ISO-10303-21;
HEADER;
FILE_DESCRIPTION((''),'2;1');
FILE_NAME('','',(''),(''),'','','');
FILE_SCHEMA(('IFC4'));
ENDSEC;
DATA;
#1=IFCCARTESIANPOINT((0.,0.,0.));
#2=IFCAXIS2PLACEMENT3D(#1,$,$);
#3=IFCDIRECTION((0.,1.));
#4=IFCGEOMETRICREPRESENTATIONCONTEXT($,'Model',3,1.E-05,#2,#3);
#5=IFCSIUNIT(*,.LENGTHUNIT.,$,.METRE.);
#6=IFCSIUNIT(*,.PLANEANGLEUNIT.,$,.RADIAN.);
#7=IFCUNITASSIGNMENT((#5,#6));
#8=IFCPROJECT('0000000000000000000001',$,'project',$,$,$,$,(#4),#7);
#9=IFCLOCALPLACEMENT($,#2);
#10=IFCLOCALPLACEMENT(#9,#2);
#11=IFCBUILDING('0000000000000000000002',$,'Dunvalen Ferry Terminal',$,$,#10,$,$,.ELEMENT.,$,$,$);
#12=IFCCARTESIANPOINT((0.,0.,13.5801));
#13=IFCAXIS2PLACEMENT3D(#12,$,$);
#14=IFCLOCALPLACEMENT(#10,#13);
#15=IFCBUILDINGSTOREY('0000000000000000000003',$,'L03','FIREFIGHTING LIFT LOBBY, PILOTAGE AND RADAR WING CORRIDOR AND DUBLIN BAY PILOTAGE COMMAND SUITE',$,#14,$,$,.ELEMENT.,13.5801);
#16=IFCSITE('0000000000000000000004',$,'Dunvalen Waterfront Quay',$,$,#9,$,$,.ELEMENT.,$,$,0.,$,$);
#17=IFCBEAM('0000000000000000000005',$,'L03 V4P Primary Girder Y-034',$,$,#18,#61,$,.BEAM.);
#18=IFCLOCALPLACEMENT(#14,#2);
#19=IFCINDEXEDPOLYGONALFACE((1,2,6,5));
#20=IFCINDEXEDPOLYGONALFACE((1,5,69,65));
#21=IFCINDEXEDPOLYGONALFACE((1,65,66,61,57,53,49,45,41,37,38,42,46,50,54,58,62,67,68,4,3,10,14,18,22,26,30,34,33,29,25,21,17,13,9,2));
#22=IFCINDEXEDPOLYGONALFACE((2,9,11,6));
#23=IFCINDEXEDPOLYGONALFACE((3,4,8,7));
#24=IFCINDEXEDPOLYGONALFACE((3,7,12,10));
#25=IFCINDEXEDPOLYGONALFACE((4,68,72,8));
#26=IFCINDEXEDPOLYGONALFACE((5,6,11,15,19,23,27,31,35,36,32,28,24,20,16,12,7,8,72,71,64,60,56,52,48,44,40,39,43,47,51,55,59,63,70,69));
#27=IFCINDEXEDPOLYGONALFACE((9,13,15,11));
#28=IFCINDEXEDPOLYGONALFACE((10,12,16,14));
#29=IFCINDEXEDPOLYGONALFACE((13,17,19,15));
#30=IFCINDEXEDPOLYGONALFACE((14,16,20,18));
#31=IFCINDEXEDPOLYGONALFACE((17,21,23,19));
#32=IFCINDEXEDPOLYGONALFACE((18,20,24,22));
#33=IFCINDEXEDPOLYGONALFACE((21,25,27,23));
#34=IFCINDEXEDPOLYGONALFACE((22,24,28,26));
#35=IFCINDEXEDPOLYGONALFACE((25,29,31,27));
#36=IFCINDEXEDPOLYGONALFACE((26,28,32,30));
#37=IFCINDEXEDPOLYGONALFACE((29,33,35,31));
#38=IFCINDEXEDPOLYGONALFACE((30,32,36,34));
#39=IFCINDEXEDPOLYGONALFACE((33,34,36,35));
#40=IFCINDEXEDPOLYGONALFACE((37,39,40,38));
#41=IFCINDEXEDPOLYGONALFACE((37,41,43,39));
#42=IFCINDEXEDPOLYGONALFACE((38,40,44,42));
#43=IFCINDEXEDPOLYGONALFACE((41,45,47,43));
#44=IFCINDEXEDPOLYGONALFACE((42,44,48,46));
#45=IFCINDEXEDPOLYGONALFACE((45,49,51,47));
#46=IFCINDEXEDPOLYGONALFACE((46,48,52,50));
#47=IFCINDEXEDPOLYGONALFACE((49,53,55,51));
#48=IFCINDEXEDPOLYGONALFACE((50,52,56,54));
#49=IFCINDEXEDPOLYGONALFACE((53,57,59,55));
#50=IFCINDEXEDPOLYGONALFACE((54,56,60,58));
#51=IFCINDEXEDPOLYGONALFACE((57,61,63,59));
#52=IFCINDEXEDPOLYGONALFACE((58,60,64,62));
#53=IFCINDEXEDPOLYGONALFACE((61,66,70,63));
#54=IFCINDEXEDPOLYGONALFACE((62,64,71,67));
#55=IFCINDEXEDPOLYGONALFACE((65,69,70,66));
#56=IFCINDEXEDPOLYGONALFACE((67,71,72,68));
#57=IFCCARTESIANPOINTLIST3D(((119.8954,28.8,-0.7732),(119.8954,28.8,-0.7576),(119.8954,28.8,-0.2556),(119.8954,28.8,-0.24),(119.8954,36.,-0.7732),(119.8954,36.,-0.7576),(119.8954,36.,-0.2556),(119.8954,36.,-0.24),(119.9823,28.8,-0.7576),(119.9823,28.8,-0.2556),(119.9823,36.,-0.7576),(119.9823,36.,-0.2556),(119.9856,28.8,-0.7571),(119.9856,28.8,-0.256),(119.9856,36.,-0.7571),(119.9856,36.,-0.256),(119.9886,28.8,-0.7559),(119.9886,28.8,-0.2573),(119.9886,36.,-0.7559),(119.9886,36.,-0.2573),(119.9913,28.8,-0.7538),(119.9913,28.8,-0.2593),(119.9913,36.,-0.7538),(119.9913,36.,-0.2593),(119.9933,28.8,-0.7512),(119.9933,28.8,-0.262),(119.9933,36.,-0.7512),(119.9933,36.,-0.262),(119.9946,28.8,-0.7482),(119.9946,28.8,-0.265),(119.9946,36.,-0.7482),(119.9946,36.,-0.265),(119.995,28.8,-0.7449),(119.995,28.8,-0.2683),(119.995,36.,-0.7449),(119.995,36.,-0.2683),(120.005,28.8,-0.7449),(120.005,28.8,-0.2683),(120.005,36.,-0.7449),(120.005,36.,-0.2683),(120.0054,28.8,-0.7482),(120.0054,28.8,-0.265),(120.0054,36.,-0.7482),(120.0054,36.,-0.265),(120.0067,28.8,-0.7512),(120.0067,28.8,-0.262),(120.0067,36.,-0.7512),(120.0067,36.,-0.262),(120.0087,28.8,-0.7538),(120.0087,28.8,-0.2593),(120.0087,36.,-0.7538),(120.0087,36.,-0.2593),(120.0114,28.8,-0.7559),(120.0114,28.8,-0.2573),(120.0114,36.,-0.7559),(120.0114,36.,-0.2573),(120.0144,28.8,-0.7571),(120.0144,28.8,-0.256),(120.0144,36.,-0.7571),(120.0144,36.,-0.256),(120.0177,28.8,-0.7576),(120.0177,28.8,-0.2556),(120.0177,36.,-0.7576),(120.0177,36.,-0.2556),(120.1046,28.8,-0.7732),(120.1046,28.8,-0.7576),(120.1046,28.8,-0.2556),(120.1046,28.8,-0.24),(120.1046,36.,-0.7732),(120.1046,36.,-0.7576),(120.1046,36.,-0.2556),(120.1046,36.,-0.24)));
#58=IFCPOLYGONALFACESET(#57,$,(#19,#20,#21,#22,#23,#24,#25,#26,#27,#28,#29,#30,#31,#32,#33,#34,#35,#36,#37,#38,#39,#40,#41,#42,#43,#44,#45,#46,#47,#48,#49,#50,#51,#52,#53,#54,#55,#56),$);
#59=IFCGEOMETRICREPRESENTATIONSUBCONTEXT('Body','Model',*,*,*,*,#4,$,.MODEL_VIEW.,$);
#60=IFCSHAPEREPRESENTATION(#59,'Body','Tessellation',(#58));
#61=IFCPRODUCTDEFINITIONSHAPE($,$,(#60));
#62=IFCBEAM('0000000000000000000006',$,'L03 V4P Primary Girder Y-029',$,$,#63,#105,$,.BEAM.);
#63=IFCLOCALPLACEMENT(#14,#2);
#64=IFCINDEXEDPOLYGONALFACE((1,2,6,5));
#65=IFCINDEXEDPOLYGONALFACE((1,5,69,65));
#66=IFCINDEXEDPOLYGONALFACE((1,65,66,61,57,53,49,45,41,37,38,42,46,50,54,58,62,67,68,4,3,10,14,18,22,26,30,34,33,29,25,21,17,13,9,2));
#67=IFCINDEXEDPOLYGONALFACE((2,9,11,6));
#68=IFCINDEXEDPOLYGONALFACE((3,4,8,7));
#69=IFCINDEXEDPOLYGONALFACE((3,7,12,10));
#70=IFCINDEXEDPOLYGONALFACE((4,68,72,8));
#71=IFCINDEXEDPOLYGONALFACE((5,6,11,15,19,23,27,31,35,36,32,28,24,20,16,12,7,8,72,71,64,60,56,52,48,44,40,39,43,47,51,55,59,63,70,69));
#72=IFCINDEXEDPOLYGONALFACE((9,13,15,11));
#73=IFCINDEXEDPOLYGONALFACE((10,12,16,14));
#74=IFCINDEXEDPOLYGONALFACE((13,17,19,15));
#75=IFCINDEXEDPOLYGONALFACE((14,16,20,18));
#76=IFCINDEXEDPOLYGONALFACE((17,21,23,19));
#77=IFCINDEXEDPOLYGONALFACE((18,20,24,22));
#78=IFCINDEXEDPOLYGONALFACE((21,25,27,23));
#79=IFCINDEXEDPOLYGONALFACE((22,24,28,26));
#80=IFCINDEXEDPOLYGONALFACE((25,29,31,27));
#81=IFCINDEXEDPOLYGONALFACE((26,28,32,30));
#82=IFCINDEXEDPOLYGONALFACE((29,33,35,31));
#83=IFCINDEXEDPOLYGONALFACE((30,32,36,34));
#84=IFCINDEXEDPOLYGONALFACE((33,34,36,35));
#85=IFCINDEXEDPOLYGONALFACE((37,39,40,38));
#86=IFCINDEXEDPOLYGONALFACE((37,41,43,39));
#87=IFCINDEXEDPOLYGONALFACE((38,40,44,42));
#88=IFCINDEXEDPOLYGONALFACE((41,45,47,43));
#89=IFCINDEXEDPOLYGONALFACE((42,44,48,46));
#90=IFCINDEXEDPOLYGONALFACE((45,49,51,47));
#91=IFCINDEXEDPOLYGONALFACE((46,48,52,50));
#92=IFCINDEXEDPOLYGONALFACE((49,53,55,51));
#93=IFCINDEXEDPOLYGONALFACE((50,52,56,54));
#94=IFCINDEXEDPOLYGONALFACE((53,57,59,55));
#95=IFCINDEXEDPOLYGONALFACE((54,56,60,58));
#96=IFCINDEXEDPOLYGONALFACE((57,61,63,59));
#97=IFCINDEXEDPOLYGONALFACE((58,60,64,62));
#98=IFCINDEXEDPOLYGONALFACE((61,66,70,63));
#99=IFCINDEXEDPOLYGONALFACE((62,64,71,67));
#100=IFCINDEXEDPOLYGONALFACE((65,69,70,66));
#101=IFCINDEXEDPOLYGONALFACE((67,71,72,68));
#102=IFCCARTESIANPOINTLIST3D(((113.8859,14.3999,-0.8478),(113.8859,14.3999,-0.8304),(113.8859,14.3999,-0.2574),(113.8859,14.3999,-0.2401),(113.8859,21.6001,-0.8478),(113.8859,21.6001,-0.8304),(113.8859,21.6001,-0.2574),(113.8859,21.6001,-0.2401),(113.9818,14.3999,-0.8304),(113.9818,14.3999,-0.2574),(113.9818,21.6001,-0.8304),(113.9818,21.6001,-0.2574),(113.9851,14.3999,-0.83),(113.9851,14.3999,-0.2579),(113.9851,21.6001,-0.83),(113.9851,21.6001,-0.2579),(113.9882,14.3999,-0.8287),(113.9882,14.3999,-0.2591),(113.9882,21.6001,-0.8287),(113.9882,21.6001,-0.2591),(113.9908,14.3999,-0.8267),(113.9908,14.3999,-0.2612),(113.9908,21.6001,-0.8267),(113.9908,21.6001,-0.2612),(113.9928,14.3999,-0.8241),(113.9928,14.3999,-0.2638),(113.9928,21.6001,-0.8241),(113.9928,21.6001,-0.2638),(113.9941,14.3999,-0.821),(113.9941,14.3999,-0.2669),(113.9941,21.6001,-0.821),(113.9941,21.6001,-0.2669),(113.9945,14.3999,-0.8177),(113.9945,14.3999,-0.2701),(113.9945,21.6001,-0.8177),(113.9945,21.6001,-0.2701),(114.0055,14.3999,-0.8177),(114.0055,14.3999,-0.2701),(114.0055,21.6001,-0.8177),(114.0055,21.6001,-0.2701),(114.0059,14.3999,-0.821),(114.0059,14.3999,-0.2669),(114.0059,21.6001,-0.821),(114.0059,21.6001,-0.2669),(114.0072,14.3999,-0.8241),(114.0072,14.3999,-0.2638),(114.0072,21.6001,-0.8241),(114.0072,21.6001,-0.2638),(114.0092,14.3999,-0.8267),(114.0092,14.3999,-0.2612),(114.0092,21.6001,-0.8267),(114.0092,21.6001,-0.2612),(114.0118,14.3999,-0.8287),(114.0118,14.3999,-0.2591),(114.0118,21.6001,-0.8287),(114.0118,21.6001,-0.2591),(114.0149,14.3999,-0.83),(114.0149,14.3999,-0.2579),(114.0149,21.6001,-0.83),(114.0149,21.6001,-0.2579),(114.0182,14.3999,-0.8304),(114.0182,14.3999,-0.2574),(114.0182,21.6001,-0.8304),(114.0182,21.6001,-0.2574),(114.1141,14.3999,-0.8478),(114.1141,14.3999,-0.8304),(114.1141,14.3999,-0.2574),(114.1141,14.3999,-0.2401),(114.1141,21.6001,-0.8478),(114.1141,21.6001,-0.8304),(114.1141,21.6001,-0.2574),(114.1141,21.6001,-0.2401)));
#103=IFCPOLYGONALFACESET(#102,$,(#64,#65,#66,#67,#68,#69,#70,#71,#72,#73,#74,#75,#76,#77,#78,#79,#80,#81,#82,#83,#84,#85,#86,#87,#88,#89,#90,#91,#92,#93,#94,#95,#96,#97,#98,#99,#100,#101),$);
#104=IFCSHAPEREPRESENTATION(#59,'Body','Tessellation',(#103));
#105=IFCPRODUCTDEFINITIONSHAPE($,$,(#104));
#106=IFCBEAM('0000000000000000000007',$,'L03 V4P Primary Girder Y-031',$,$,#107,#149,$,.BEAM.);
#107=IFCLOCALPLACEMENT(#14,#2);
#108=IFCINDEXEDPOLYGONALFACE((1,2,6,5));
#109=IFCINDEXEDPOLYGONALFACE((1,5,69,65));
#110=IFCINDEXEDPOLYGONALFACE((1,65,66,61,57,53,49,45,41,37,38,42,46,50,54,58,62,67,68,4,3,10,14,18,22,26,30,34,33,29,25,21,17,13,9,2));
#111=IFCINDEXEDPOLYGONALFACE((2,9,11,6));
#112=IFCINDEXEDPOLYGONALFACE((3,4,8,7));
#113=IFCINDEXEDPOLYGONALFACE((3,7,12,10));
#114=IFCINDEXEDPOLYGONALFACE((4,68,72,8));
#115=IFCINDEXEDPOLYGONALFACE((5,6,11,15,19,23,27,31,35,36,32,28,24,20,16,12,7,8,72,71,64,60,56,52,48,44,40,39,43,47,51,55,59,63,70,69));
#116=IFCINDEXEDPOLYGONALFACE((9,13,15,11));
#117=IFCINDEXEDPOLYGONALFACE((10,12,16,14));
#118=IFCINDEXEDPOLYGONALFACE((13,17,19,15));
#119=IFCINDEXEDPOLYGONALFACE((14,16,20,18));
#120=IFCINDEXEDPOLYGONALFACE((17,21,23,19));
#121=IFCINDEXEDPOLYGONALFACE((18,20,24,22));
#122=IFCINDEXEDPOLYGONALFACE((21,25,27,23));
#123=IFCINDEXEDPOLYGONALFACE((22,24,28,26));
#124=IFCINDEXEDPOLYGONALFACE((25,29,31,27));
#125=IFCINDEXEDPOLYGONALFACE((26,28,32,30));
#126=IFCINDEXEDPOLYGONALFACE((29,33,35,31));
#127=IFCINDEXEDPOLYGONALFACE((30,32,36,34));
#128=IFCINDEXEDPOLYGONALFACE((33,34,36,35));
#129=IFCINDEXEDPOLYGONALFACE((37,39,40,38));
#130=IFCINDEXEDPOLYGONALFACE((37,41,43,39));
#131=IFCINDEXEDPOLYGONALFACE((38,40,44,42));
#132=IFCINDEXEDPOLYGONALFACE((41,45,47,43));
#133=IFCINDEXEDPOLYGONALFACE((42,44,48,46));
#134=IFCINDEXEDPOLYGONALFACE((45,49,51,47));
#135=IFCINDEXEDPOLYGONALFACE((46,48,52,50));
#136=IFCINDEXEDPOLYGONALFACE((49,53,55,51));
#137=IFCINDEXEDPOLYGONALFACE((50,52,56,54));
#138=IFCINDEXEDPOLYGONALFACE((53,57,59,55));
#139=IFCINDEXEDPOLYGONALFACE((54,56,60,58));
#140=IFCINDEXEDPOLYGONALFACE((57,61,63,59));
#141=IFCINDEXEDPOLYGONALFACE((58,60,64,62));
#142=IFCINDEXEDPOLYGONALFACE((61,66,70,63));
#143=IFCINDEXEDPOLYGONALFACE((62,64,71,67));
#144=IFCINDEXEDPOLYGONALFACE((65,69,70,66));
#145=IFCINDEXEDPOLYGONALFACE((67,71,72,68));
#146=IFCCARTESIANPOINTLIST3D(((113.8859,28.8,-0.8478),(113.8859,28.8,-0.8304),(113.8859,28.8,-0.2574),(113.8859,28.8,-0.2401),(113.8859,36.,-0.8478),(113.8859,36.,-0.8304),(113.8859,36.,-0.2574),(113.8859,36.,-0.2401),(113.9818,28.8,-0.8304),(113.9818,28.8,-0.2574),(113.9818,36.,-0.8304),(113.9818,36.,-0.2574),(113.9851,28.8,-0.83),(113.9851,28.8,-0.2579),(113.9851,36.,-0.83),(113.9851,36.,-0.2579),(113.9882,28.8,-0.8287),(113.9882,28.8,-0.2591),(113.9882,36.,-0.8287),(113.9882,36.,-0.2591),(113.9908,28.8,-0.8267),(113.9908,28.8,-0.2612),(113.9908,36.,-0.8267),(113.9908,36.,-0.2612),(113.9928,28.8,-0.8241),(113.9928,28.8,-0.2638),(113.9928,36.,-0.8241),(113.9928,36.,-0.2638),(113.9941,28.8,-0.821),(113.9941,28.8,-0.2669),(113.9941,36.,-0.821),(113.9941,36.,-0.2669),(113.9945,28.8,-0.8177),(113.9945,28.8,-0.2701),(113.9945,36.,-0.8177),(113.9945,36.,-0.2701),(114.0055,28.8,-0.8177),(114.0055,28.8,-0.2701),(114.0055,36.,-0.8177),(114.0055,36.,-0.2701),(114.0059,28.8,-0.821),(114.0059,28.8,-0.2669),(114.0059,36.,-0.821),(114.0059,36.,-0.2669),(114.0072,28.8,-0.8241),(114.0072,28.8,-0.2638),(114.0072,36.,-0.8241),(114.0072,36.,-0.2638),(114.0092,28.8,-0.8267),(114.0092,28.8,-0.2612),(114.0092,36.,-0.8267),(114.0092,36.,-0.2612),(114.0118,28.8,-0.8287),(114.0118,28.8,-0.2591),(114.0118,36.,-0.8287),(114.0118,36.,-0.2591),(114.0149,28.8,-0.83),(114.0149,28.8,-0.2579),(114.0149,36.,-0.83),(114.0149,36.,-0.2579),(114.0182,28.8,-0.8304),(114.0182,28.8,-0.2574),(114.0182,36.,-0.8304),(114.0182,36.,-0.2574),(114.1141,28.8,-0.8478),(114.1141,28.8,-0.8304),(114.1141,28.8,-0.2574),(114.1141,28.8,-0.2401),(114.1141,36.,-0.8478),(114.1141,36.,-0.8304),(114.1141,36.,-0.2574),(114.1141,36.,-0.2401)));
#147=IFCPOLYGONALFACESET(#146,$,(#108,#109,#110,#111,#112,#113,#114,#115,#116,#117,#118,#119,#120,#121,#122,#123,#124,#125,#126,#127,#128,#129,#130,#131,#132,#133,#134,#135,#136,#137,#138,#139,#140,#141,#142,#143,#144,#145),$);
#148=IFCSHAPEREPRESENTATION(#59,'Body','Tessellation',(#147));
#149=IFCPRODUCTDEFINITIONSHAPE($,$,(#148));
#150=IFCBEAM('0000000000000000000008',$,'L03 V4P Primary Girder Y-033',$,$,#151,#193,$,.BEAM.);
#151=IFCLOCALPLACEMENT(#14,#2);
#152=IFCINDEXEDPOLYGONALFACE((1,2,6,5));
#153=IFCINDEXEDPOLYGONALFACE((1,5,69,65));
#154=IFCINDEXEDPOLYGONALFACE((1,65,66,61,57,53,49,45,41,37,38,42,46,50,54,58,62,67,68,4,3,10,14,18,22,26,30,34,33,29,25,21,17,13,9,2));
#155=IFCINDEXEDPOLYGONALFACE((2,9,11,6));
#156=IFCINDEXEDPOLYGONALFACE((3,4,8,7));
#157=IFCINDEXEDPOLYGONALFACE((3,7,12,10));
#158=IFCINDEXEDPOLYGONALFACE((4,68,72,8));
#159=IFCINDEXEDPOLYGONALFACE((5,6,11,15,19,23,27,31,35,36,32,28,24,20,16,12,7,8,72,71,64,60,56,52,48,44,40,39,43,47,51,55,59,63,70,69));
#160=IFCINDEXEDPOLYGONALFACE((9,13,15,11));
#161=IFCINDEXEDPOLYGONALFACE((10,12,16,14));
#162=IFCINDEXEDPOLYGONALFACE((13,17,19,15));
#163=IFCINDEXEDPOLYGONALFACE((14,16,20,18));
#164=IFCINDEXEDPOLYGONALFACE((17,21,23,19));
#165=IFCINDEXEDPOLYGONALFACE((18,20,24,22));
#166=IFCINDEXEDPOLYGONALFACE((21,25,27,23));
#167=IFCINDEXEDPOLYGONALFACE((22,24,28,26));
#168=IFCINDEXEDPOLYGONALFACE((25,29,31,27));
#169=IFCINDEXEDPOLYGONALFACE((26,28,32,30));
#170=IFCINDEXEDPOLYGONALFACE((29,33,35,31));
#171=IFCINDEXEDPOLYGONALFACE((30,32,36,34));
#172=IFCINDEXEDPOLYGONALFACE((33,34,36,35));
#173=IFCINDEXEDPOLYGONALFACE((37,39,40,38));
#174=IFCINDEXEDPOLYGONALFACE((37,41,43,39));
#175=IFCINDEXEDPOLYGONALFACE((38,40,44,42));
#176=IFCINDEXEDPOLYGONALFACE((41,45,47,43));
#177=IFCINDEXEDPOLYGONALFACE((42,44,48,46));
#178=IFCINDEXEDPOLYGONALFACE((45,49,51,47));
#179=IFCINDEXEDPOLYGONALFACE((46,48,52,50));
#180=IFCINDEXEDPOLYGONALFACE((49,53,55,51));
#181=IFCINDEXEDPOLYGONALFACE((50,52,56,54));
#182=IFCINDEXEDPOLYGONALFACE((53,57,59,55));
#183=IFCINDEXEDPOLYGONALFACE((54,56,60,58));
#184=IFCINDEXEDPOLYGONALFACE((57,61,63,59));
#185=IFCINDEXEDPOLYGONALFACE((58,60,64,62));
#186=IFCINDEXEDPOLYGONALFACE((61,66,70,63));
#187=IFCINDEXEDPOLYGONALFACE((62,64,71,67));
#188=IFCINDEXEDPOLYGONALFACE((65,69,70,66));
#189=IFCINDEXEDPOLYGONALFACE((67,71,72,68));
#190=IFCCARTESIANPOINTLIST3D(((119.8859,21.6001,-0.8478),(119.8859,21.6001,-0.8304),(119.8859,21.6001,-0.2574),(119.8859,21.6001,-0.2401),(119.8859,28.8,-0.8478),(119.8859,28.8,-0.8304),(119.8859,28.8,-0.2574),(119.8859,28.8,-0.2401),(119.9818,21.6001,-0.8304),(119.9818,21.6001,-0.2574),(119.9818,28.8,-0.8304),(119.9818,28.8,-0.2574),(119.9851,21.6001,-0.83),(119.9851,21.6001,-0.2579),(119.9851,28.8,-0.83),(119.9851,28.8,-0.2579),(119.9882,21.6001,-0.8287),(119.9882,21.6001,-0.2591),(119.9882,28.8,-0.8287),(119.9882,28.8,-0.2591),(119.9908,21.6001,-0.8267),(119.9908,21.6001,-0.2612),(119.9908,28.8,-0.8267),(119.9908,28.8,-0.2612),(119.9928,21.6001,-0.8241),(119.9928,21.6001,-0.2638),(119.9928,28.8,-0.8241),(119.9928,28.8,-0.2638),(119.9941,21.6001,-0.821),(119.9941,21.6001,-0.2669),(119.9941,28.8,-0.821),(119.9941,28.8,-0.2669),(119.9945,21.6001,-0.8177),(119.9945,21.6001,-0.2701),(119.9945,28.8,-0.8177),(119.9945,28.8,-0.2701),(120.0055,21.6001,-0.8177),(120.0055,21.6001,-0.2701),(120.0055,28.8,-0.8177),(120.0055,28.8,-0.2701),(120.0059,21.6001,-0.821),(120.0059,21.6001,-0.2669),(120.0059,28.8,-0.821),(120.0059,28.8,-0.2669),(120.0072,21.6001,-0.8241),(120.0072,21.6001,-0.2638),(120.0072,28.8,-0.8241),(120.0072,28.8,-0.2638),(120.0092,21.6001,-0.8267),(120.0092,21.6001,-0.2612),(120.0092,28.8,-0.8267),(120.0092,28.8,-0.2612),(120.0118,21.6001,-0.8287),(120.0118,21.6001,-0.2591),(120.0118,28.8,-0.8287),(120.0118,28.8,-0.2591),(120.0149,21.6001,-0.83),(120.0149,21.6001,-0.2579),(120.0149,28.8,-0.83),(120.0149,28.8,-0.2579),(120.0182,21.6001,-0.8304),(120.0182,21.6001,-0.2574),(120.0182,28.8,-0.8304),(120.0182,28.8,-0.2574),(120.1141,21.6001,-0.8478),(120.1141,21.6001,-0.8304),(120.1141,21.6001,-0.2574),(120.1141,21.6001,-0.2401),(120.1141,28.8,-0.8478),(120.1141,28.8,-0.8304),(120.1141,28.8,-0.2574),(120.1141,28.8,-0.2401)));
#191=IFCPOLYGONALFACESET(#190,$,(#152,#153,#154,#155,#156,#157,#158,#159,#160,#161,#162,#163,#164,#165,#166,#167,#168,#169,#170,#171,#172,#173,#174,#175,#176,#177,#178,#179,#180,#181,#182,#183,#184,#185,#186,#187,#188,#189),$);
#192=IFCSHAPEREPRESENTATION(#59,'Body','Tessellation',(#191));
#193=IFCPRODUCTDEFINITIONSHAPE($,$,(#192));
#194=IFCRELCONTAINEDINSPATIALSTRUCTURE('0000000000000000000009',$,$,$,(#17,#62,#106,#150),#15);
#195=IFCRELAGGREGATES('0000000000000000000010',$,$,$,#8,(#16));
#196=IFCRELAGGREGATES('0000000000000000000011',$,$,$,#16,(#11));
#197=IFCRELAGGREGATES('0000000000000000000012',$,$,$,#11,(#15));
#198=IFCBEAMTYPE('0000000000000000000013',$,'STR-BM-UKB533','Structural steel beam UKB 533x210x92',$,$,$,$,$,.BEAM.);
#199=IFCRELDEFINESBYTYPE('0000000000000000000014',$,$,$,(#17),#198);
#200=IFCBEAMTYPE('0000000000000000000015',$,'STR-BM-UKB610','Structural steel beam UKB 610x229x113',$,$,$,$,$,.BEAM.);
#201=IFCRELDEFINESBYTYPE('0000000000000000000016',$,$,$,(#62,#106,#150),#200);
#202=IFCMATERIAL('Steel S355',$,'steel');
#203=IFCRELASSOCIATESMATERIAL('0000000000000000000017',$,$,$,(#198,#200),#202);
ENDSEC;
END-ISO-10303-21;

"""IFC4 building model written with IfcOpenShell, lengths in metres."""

from ifc_helpers import new_model, si_unit, direction, frame, origin, origin_2d, place, context, subcontext, project, spatial, i_section, extrude, material, material_profile, profile_set, type_object, element, save


model = new_model("IFC4")

# Units and contexts
model_context = context("Model", 3, precision=1e-05, world=origin(), true_north=direction((0.0, 1.0)))
body_context = subcontext(model_context, "Body", "Model", "MODEL_VIEW")
ifc_project = project(units=[si_unit("LENGTHUNIT", "METRE"), si_unit("PLANEANGLEUNIT", "RADIAN")], contexts=[model_context])

# Site, building, storey
site_placement = place(None, origin())
site = spatial("IfcSite", under=ifc_project, at=site_placement, Name="Dunvalen Waterfront Quay", CompositionType="ELEMENT", RefElevation=0.0)
building_placement = place(site_placement, origin())
building = spatial("IfcBuilding", under=site, at=building_placement, Name="Dunvalen Ferry Terminal", CompositionType="ELEMENT")
storey_placement = place(building_placement, frame((0.0, 0.0, 13.5801)))
storey = spatial("IfcBuildingStorey", under=building, at=storey_placement, Name="L03", Description="FIREFIGHTING LIFT LOBBY, PILOTAGE AND RADAR WING CORRIDOR AND DUBLIN BAY PILOTAGE COMMAND SUITE", CompositionType="ELEMENT", Elevation=13.5801)

# Beams
ifc_material_1 = material(Name="Steel S355", Category="steel")
ifc_material_profile_1 = material_profile(ifc_material_1, i_section(OverallWidth=0.2092, OverallDepth=0.5332, WebThickness=0.01, FlangeThickness=0.0156, FilletRadius=0.0127, at=origin_2d()), Name="Steel S355")
ifc_profile_set_1 = profile_set([ifc_material_profile_1], Name="Steel S355")
beam_type_1 = type_object("IfcBeamType", Name="STR-BM-UKB533", Description="Structural steel beam UKB 533x210x92", PredefinedType="BEAM", material=ifc_profile_set_1)
beam_1_placement = place(storey_placement, frame((120.0, 28.8, -0.5066), z_axis=(0.0, 1.0, 0.0), x_axis=(-1.0, 0.0, 0.0)))
element("IfcBeam", 1, at=beam_1_placement, inside=storey, type_object=beam_type_1, Name="L03 V4P Primary Girder Y-034", PredefinedType="BEAM", context=body_context, shape_type="SweptSolid", body=[
    extrude(i_section(OverallWidth=0.2092, OverallDepth=0.5332, WebThickness=0.01, FlangeThickness=0.0156, FilletRadius=0.0127, at=origin_2d()), origin(), (0.0, 0.0, 1.0), 7.2),
])
ifc_material_profile_2 = material_profile(ifc_material_1, i_section(OverallWidth=0.2283, OverallDepth=0.6077, WebThickness=0.011, FlangeThickness=0.0173, FilletRadius=0.0127, at=origin_2d()), Name="Steel S355")
ifc_profile_set_2 = profile_set([ifc_material_profile_2], Name="Steel S355")
beam_type_2 = type_object("IfcBeamType", Name="STR-BM-UKB610", Description="Structural steel beam UKB 610x229x113", PredefinedType="BEAM", material=ifc_profile_set_2)
beam_2_placement = place(storey_placement, frame((114.0, 14.3999, -0.5439), z_axis=(0.0, 1.0, 0.0), x_axis=(-1.0, 0.0, 0.0)))
element("IfcBeam", 2, at=beam_2_placement, inside=storey, type_object=beam_type_2, Name="L03 V4P Primary Girder Y-029", PredefinedType="BEAM", context=body_context, shape_type="SweptSolid", body=[
    extrude(i_section(OverallWidth=0.2283, OverallDepth=0.6077, WebThickness=0.011, FlangeThickness=0.0173, FilletRadius=0.0127, at=origin_2d()), origin(), (0.0, 0.0, 1.0), 7.2002),
])
for number, where, z_axis, x_axis, name in (
    (3, (114.0, 28.8, -0.5439), (0.0, 1.0, 0.0), (-1.0, 0.0, 0.0), "L03 V4P Primary Girder Y-031"),
    (4, (120.0, 21.6001, -0.5439), (0.0, 1.0, 0.0), (-1.0, 0.0, 0.0), "L03 V4P Primary Girder Y-033"),
):
    element("IfcBeam", number, at=place(storey_placement, frame(where, z_axis=z_axis, x_axis=x_axis)), inside=storey, type_object=beam_type_2, Name=name, PredefinedType="BEAM", context=body_context, shape_type="SweptSolid", body=[
        extrude(i_section(OverallWidth=0.2283, OverallDepth=0.6077, WebThickness=0.011, FlangeThickness=0.0173, FilletRadius=0.0127, at=origin_2d()), origin(), (0.0, 0.0, 1.0), 7.2),
    ])

save(model, "model.ifc")
